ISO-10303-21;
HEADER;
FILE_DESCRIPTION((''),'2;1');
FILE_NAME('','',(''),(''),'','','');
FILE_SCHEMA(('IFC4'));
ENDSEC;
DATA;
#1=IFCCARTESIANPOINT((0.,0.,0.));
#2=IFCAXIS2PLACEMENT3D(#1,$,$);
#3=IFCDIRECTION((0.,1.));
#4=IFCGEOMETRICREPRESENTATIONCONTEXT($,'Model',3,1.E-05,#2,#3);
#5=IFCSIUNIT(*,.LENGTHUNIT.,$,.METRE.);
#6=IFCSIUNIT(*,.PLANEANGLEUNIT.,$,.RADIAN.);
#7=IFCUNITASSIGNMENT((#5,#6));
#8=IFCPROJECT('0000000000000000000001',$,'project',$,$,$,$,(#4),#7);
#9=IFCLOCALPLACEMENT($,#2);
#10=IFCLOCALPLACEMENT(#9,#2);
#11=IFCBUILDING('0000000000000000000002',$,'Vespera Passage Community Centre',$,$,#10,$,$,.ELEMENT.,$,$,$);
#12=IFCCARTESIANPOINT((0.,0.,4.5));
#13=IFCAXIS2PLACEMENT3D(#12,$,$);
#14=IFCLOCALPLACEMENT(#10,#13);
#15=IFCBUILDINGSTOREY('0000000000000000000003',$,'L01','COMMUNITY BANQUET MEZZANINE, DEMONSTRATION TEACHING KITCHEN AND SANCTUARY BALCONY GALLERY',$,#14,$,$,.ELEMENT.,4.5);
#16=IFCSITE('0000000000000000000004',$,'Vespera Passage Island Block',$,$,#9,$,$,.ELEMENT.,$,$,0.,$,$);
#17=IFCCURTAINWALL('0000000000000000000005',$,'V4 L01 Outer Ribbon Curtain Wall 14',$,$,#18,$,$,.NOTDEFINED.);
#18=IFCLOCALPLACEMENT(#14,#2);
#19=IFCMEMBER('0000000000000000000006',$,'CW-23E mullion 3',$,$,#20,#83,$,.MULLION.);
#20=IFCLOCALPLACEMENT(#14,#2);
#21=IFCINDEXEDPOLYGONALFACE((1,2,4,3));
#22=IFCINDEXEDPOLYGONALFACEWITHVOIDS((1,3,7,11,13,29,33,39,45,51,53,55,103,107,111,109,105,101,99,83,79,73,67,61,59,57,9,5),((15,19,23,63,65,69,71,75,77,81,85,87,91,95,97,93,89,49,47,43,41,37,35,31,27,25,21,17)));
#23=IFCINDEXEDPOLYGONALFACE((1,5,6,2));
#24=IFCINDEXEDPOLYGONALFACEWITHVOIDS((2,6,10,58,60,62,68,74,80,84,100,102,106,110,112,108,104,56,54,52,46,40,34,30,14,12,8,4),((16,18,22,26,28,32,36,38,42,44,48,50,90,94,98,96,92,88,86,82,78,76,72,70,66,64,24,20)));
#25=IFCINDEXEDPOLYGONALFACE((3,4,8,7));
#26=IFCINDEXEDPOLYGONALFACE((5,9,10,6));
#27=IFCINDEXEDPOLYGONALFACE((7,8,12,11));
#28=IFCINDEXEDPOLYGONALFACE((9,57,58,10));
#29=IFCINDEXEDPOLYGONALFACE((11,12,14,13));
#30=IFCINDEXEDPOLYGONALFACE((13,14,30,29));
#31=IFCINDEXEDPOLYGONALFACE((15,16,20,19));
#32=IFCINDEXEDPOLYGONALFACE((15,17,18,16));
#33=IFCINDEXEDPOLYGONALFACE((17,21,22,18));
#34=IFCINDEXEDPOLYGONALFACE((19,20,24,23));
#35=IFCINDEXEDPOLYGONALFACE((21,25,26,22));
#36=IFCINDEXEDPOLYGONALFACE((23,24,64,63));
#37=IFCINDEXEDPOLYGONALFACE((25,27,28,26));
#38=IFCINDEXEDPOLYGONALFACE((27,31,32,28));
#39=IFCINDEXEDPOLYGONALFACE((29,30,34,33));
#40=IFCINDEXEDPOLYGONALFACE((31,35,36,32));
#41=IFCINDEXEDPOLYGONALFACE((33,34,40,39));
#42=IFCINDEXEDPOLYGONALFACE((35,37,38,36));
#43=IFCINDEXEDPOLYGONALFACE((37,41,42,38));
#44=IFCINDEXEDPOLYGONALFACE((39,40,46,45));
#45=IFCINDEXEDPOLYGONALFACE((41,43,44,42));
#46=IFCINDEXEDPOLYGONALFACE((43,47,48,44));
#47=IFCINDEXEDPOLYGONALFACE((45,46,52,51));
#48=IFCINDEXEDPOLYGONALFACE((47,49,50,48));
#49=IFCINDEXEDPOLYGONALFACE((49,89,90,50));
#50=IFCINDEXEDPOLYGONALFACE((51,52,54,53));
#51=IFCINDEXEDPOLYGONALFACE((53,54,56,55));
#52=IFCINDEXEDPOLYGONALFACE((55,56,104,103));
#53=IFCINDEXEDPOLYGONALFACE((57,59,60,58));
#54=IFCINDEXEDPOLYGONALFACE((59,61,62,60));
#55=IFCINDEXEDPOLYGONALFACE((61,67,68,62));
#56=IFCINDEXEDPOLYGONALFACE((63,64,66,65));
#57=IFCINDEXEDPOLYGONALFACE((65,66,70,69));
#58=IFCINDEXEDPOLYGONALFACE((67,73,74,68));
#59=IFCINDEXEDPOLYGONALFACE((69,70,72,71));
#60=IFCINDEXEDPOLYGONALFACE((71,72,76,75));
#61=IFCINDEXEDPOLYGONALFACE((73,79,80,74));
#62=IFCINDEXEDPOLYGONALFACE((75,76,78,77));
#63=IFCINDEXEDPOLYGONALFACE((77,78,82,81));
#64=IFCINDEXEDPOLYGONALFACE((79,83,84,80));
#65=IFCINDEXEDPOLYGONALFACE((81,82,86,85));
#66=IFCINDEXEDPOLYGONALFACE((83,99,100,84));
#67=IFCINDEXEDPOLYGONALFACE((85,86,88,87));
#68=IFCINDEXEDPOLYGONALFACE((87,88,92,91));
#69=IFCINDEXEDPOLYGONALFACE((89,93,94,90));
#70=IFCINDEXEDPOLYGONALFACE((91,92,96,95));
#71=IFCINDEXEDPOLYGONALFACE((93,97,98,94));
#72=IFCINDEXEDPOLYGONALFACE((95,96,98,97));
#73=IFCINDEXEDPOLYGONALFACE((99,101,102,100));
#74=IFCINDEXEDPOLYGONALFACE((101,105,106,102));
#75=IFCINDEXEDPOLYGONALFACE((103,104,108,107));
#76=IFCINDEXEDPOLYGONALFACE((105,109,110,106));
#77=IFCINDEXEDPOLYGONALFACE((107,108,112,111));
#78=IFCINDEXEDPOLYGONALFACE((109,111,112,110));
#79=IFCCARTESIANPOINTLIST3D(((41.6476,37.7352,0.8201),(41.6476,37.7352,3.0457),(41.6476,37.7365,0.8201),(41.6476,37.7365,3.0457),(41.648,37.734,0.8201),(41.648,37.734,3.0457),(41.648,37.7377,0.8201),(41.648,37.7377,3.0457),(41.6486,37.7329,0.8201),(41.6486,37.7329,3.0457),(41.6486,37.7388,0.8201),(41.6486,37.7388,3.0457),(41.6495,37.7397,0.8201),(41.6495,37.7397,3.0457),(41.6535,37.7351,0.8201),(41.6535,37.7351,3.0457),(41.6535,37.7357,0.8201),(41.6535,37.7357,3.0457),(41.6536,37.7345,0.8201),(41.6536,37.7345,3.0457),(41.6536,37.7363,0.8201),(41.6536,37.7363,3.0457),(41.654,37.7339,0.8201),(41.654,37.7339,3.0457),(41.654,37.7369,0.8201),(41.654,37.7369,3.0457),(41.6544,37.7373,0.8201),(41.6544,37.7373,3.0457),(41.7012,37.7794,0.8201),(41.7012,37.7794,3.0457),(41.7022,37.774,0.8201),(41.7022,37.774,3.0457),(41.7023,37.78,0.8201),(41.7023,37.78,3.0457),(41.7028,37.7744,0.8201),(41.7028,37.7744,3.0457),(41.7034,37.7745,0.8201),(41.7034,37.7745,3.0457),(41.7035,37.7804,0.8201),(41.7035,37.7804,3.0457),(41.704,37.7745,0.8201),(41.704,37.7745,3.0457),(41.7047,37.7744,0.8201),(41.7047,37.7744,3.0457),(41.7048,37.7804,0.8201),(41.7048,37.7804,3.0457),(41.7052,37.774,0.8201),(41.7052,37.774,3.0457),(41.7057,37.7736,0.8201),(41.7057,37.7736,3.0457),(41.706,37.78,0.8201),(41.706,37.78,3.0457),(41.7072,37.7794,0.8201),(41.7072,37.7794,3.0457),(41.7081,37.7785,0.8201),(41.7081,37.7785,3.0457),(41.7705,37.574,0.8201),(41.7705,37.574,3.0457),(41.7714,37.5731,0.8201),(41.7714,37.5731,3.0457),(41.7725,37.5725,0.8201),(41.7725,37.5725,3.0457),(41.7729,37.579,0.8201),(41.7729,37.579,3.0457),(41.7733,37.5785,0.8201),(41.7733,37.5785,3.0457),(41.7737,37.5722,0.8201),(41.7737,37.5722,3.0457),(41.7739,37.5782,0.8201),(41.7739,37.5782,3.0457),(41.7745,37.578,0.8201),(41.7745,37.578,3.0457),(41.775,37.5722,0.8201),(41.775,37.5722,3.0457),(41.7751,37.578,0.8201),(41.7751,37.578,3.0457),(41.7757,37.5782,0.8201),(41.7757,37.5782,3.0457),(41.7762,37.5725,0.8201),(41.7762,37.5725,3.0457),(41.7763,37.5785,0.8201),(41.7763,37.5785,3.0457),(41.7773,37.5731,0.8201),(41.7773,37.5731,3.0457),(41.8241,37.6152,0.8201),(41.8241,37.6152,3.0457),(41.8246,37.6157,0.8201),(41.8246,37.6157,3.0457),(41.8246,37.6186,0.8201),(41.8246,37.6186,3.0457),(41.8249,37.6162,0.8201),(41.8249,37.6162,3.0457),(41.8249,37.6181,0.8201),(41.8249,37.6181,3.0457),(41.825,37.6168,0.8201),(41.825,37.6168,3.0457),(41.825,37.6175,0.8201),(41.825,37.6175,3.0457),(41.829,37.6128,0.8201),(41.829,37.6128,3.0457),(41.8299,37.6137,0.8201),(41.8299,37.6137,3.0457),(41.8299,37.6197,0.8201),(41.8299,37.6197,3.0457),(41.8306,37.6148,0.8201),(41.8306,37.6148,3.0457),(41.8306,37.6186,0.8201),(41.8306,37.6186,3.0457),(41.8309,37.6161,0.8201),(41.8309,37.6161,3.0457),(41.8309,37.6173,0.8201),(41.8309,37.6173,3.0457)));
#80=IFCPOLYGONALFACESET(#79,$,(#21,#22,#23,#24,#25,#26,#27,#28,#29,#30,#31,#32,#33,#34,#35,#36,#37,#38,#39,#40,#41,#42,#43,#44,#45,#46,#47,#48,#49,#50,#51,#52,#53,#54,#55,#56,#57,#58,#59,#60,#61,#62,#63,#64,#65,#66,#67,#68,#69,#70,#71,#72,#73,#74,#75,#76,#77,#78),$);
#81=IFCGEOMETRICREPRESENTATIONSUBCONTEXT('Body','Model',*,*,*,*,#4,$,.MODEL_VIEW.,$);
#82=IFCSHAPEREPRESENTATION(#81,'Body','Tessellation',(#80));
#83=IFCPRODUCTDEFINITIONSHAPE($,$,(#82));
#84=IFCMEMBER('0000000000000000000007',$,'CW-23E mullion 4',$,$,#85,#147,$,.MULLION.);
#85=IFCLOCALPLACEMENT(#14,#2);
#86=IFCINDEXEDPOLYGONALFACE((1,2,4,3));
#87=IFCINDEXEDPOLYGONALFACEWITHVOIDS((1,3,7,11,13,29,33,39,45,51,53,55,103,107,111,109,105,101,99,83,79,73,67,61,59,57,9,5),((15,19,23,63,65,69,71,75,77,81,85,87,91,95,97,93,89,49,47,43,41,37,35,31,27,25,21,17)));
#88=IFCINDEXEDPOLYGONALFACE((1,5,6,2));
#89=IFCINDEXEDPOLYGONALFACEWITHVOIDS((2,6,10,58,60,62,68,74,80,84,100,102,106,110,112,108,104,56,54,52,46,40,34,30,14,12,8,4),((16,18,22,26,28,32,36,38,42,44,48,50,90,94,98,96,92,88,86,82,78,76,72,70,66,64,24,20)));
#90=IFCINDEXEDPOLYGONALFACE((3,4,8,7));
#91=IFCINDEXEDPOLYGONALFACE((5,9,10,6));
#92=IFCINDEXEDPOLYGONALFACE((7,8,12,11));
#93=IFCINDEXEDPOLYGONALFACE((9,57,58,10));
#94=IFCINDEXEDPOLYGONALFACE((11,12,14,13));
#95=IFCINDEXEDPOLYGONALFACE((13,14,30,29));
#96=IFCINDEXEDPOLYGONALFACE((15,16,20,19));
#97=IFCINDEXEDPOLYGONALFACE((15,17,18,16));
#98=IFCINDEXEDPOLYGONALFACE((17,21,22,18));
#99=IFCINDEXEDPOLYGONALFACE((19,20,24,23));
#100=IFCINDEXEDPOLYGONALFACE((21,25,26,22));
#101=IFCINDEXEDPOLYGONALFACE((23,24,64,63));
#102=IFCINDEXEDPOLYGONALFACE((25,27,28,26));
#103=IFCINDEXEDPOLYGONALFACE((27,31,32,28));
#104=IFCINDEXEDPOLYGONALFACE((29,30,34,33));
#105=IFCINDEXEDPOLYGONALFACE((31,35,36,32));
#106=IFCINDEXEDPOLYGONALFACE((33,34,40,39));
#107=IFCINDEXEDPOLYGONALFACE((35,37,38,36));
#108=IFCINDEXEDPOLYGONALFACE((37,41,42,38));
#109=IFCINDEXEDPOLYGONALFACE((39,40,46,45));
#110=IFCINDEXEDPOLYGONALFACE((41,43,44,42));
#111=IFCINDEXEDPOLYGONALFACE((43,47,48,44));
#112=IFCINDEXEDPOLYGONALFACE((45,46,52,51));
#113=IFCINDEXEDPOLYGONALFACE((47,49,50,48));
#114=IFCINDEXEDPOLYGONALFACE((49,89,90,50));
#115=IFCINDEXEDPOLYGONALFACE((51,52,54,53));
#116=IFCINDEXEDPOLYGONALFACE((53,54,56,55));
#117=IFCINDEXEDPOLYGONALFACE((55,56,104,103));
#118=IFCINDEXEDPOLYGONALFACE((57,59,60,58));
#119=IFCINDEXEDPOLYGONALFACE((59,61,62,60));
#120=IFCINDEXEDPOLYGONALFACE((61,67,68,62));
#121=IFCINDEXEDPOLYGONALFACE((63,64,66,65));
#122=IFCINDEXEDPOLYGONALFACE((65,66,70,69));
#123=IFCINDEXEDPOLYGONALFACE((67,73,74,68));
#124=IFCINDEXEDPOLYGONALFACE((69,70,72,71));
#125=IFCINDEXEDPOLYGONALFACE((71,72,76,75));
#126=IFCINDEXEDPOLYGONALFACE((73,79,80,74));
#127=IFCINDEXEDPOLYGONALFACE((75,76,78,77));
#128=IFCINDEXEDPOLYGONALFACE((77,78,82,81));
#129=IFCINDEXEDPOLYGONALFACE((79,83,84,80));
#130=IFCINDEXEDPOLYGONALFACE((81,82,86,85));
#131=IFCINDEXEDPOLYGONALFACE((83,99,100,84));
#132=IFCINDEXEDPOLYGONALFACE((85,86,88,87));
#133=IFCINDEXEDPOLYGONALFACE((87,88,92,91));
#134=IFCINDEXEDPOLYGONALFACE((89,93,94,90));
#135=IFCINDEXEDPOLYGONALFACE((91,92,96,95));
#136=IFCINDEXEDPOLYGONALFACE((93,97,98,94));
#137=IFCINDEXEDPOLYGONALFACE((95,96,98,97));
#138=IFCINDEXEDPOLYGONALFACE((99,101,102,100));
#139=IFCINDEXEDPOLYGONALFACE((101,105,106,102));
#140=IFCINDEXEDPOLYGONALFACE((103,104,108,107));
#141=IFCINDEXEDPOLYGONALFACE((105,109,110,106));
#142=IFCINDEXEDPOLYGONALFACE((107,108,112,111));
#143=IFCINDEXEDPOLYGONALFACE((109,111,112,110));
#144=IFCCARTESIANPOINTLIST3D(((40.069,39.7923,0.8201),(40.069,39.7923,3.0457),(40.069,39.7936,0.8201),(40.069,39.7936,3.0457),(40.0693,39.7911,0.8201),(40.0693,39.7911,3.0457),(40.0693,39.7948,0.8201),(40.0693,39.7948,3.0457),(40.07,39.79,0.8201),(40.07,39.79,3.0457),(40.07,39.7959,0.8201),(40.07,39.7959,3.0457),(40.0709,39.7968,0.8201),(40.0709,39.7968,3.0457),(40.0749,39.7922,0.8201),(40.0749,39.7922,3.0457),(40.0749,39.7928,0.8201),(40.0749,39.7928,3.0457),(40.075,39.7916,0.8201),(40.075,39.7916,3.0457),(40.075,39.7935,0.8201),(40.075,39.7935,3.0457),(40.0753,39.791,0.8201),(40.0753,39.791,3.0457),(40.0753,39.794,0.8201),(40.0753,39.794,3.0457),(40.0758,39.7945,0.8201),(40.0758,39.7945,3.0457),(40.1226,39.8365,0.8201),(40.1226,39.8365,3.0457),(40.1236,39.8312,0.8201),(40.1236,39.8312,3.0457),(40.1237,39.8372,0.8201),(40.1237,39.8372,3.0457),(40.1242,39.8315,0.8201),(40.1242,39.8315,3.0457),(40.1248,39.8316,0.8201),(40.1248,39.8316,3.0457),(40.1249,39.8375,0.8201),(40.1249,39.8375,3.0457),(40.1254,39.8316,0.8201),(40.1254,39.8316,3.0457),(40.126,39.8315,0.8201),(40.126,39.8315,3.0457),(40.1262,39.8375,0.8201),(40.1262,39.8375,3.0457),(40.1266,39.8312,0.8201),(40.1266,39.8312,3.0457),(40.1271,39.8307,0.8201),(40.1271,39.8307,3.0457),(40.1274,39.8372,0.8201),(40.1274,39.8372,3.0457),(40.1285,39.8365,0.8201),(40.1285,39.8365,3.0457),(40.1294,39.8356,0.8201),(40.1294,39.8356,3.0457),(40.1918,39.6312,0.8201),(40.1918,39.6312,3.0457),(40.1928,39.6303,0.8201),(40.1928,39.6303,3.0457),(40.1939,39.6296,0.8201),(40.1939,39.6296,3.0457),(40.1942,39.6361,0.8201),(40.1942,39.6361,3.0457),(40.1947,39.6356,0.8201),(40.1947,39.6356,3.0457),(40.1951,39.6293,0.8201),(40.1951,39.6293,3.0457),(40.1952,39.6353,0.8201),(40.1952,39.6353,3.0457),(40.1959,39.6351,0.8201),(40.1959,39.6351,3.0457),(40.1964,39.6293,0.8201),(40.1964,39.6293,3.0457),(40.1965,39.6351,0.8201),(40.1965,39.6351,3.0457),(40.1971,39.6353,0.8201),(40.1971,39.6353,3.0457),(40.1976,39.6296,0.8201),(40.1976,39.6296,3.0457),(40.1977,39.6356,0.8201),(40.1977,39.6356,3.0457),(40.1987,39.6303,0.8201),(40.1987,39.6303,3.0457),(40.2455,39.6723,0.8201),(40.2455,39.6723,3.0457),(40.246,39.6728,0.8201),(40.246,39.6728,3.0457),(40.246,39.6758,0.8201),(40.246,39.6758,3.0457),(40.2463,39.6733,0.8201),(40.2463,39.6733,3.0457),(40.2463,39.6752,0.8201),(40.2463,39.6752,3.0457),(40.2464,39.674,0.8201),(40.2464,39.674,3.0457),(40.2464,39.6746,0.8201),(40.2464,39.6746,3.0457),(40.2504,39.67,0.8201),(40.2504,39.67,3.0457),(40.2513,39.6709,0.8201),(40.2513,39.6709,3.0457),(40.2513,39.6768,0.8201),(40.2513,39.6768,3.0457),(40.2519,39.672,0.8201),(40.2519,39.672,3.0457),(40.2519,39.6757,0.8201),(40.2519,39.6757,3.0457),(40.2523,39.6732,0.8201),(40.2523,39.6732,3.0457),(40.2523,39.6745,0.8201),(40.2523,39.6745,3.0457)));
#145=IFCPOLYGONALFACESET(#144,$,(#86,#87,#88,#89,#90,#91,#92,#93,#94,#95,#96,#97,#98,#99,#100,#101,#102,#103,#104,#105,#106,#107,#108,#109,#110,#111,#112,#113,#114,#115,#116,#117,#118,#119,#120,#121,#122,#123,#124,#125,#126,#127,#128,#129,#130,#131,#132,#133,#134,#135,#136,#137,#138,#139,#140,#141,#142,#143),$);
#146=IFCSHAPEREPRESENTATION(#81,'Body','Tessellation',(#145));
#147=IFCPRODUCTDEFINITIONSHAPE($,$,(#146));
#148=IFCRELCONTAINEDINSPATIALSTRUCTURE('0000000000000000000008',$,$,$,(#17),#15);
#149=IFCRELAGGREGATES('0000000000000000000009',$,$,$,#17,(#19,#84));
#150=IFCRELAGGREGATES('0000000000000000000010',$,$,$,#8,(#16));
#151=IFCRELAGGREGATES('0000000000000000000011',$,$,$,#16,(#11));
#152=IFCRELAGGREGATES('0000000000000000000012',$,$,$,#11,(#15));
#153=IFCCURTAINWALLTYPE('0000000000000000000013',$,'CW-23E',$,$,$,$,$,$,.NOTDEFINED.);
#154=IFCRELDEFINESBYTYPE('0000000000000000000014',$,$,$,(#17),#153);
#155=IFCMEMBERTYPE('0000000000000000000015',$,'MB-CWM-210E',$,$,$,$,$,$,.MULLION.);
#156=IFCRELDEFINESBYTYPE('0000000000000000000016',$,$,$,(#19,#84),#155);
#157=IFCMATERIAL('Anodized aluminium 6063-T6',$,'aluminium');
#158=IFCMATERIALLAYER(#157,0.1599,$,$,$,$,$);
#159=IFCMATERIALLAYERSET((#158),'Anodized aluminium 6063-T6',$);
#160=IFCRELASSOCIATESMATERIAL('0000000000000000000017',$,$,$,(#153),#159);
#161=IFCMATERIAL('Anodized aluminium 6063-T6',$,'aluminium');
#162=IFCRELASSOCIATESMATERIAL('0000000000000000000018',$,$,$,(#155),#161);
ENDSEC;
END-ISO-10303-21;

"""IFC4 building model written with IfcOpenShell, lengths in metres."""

from ifc_helpers import new_model, si_unit, direction, frame, origin, origin_2d, place, context, subcontext, project, spatial, hollow_rectangle, extrude, material, layer, layer_set, material_profile, profile_set, type_object, element, aggregate, save


model = new_model("IFC4")

# Units and contexts
model_context = context("Model", 3, precision=1e-05, world=origin(), true_north=direction((0.0, 1.0)))
body_context = subcontext(model_context, "Body", "Model", "MODEL_VIEW")
ifc_project = project(units=[si_unit("LENGTHUNIT", "METRE"), si_unit("PLANEANGLEUNIT", "RADIAN")], contexts=[model_context])

# Site, building, storey
site_placement = place(None, origin())
site = spatial("IfcSite", under=ifc_project, at=site_placement, Name="Vespera Passage Island Block", CompositionType="ELEMENT", RefElevation=0.0)
building_placement = place(site_placement, origin())
building = spatial("IfcBuilding", under=site, at=building_placement, Name="Vespera Passage Community Centre", CompositionType="ELEMENT")
storey_placement = place(building_placement, frame((0.0, 0.0, 4.5)))
storey = spatial("IfcBuildingStorey", under=building, at=storey_placement, Name="L01", Description="COMMUNITY BANQUET MEZZANINE, DEMONSTRATION TEACHING KITCHEN AND SANCTUARY BALCONY GALLERY", CompositionType="ELEMENT", Elevation=4.5)

# Curtain wall, members
ifc_material_1 = material(Name="Anodized aluminium 6063-T6", Category="aluminium")
ifc_layer_1 = layer(ifc_material_1, 0.1599)
ifc_layer_set_1 = layer_set([ifc_layer_1], Name="Anodized aluminium 6063-T6")
curtain_wall_type = type_object("IfcCurtainWallType", Name="CW-23E", PredefinedType="NOTDEFINED", material=ifc_layer_set_1)
curtain_wall_placement = place(storey_placement, origin())
curtain_wall = element("IfcCurtainWall", 1, at=curtain_wall_placement, inside=storey, type_object=curtain_wall_type, Name="V4 L01 Outer Ribbon Curtain Wall 14", PredefinedType="NOTDEFINED")
ifc_material_2 = material(Name="Anodized aluminium 6063-T6", Category="aluminium")
ifc_material_profile_1 = material_profile(ifc_material_2, hollow_rectangle(XDim=0.075, YDim=0.21, WallThickness=0.0049, InnerFilletRadius=0.0024, OuterFilletRadius=0.0049, at=origin_2d()), Name="ALU210X75X5")
ifc_profile_set_1 = profile_set([ifc_material_profile_1], Name="Anodized aluminium 6063-T6")
member_type_1 = type_object("IfcMemberType", Name="MB-CWM-210E", PredefinedType="MULLION", material=ifc_profile_set_1)
member_1_placement = place(storey_placement, frame((41.7393, 37.6763, 0.8201), z_axis=(0.0, 0.0, 1.0), x_axis=(-0.79335, -0.608765, 0.0)))
member_1 = element("IfcMember", 2, at=member_1_placement, type_object=member_type_1, Name="CW-23E mullion 3", PredefinedType="MULLION", context=body_context, shape_type="SweptSolid", body=[
    extrude(hollow_rectangle(XDim=0.075, YDim=0.21, WallThickness=0.0049, InnerFilletRadius=0.0024, OuterFilletRadius=0.0049, at=origin_2d()), origin(), (0.0, 0.0, 1.0), 2.2256),
])
member_2_placement = place(storey_placement, frame((40.1606, 39.7334, 0.8201), z_axis=(0.0, 0.0, 1.0), x_axis=(-0.79335, -0.608765, 0.0)))
member_2 = element("IfcMember", 3, at=member_2_placement, type_object=member_type_1, Name="CW-23E mullion 4", PredefinedType="MULLION", context=body_context, shape_type="SweptSolid", body=[
    extrude(hollow_rectangle(XDim=0.075, YDim=0.21, WallThickness=0.0049, InnerFilletRadius=0.0024, OuterFilletRadius=0.0049, at=origin_2d()), origin(), (0.0, 0.0, 1.0), 2.2256),
])
aggregate(curtain_wall, [member_1, member_2])

save(model, "model.ifc")
